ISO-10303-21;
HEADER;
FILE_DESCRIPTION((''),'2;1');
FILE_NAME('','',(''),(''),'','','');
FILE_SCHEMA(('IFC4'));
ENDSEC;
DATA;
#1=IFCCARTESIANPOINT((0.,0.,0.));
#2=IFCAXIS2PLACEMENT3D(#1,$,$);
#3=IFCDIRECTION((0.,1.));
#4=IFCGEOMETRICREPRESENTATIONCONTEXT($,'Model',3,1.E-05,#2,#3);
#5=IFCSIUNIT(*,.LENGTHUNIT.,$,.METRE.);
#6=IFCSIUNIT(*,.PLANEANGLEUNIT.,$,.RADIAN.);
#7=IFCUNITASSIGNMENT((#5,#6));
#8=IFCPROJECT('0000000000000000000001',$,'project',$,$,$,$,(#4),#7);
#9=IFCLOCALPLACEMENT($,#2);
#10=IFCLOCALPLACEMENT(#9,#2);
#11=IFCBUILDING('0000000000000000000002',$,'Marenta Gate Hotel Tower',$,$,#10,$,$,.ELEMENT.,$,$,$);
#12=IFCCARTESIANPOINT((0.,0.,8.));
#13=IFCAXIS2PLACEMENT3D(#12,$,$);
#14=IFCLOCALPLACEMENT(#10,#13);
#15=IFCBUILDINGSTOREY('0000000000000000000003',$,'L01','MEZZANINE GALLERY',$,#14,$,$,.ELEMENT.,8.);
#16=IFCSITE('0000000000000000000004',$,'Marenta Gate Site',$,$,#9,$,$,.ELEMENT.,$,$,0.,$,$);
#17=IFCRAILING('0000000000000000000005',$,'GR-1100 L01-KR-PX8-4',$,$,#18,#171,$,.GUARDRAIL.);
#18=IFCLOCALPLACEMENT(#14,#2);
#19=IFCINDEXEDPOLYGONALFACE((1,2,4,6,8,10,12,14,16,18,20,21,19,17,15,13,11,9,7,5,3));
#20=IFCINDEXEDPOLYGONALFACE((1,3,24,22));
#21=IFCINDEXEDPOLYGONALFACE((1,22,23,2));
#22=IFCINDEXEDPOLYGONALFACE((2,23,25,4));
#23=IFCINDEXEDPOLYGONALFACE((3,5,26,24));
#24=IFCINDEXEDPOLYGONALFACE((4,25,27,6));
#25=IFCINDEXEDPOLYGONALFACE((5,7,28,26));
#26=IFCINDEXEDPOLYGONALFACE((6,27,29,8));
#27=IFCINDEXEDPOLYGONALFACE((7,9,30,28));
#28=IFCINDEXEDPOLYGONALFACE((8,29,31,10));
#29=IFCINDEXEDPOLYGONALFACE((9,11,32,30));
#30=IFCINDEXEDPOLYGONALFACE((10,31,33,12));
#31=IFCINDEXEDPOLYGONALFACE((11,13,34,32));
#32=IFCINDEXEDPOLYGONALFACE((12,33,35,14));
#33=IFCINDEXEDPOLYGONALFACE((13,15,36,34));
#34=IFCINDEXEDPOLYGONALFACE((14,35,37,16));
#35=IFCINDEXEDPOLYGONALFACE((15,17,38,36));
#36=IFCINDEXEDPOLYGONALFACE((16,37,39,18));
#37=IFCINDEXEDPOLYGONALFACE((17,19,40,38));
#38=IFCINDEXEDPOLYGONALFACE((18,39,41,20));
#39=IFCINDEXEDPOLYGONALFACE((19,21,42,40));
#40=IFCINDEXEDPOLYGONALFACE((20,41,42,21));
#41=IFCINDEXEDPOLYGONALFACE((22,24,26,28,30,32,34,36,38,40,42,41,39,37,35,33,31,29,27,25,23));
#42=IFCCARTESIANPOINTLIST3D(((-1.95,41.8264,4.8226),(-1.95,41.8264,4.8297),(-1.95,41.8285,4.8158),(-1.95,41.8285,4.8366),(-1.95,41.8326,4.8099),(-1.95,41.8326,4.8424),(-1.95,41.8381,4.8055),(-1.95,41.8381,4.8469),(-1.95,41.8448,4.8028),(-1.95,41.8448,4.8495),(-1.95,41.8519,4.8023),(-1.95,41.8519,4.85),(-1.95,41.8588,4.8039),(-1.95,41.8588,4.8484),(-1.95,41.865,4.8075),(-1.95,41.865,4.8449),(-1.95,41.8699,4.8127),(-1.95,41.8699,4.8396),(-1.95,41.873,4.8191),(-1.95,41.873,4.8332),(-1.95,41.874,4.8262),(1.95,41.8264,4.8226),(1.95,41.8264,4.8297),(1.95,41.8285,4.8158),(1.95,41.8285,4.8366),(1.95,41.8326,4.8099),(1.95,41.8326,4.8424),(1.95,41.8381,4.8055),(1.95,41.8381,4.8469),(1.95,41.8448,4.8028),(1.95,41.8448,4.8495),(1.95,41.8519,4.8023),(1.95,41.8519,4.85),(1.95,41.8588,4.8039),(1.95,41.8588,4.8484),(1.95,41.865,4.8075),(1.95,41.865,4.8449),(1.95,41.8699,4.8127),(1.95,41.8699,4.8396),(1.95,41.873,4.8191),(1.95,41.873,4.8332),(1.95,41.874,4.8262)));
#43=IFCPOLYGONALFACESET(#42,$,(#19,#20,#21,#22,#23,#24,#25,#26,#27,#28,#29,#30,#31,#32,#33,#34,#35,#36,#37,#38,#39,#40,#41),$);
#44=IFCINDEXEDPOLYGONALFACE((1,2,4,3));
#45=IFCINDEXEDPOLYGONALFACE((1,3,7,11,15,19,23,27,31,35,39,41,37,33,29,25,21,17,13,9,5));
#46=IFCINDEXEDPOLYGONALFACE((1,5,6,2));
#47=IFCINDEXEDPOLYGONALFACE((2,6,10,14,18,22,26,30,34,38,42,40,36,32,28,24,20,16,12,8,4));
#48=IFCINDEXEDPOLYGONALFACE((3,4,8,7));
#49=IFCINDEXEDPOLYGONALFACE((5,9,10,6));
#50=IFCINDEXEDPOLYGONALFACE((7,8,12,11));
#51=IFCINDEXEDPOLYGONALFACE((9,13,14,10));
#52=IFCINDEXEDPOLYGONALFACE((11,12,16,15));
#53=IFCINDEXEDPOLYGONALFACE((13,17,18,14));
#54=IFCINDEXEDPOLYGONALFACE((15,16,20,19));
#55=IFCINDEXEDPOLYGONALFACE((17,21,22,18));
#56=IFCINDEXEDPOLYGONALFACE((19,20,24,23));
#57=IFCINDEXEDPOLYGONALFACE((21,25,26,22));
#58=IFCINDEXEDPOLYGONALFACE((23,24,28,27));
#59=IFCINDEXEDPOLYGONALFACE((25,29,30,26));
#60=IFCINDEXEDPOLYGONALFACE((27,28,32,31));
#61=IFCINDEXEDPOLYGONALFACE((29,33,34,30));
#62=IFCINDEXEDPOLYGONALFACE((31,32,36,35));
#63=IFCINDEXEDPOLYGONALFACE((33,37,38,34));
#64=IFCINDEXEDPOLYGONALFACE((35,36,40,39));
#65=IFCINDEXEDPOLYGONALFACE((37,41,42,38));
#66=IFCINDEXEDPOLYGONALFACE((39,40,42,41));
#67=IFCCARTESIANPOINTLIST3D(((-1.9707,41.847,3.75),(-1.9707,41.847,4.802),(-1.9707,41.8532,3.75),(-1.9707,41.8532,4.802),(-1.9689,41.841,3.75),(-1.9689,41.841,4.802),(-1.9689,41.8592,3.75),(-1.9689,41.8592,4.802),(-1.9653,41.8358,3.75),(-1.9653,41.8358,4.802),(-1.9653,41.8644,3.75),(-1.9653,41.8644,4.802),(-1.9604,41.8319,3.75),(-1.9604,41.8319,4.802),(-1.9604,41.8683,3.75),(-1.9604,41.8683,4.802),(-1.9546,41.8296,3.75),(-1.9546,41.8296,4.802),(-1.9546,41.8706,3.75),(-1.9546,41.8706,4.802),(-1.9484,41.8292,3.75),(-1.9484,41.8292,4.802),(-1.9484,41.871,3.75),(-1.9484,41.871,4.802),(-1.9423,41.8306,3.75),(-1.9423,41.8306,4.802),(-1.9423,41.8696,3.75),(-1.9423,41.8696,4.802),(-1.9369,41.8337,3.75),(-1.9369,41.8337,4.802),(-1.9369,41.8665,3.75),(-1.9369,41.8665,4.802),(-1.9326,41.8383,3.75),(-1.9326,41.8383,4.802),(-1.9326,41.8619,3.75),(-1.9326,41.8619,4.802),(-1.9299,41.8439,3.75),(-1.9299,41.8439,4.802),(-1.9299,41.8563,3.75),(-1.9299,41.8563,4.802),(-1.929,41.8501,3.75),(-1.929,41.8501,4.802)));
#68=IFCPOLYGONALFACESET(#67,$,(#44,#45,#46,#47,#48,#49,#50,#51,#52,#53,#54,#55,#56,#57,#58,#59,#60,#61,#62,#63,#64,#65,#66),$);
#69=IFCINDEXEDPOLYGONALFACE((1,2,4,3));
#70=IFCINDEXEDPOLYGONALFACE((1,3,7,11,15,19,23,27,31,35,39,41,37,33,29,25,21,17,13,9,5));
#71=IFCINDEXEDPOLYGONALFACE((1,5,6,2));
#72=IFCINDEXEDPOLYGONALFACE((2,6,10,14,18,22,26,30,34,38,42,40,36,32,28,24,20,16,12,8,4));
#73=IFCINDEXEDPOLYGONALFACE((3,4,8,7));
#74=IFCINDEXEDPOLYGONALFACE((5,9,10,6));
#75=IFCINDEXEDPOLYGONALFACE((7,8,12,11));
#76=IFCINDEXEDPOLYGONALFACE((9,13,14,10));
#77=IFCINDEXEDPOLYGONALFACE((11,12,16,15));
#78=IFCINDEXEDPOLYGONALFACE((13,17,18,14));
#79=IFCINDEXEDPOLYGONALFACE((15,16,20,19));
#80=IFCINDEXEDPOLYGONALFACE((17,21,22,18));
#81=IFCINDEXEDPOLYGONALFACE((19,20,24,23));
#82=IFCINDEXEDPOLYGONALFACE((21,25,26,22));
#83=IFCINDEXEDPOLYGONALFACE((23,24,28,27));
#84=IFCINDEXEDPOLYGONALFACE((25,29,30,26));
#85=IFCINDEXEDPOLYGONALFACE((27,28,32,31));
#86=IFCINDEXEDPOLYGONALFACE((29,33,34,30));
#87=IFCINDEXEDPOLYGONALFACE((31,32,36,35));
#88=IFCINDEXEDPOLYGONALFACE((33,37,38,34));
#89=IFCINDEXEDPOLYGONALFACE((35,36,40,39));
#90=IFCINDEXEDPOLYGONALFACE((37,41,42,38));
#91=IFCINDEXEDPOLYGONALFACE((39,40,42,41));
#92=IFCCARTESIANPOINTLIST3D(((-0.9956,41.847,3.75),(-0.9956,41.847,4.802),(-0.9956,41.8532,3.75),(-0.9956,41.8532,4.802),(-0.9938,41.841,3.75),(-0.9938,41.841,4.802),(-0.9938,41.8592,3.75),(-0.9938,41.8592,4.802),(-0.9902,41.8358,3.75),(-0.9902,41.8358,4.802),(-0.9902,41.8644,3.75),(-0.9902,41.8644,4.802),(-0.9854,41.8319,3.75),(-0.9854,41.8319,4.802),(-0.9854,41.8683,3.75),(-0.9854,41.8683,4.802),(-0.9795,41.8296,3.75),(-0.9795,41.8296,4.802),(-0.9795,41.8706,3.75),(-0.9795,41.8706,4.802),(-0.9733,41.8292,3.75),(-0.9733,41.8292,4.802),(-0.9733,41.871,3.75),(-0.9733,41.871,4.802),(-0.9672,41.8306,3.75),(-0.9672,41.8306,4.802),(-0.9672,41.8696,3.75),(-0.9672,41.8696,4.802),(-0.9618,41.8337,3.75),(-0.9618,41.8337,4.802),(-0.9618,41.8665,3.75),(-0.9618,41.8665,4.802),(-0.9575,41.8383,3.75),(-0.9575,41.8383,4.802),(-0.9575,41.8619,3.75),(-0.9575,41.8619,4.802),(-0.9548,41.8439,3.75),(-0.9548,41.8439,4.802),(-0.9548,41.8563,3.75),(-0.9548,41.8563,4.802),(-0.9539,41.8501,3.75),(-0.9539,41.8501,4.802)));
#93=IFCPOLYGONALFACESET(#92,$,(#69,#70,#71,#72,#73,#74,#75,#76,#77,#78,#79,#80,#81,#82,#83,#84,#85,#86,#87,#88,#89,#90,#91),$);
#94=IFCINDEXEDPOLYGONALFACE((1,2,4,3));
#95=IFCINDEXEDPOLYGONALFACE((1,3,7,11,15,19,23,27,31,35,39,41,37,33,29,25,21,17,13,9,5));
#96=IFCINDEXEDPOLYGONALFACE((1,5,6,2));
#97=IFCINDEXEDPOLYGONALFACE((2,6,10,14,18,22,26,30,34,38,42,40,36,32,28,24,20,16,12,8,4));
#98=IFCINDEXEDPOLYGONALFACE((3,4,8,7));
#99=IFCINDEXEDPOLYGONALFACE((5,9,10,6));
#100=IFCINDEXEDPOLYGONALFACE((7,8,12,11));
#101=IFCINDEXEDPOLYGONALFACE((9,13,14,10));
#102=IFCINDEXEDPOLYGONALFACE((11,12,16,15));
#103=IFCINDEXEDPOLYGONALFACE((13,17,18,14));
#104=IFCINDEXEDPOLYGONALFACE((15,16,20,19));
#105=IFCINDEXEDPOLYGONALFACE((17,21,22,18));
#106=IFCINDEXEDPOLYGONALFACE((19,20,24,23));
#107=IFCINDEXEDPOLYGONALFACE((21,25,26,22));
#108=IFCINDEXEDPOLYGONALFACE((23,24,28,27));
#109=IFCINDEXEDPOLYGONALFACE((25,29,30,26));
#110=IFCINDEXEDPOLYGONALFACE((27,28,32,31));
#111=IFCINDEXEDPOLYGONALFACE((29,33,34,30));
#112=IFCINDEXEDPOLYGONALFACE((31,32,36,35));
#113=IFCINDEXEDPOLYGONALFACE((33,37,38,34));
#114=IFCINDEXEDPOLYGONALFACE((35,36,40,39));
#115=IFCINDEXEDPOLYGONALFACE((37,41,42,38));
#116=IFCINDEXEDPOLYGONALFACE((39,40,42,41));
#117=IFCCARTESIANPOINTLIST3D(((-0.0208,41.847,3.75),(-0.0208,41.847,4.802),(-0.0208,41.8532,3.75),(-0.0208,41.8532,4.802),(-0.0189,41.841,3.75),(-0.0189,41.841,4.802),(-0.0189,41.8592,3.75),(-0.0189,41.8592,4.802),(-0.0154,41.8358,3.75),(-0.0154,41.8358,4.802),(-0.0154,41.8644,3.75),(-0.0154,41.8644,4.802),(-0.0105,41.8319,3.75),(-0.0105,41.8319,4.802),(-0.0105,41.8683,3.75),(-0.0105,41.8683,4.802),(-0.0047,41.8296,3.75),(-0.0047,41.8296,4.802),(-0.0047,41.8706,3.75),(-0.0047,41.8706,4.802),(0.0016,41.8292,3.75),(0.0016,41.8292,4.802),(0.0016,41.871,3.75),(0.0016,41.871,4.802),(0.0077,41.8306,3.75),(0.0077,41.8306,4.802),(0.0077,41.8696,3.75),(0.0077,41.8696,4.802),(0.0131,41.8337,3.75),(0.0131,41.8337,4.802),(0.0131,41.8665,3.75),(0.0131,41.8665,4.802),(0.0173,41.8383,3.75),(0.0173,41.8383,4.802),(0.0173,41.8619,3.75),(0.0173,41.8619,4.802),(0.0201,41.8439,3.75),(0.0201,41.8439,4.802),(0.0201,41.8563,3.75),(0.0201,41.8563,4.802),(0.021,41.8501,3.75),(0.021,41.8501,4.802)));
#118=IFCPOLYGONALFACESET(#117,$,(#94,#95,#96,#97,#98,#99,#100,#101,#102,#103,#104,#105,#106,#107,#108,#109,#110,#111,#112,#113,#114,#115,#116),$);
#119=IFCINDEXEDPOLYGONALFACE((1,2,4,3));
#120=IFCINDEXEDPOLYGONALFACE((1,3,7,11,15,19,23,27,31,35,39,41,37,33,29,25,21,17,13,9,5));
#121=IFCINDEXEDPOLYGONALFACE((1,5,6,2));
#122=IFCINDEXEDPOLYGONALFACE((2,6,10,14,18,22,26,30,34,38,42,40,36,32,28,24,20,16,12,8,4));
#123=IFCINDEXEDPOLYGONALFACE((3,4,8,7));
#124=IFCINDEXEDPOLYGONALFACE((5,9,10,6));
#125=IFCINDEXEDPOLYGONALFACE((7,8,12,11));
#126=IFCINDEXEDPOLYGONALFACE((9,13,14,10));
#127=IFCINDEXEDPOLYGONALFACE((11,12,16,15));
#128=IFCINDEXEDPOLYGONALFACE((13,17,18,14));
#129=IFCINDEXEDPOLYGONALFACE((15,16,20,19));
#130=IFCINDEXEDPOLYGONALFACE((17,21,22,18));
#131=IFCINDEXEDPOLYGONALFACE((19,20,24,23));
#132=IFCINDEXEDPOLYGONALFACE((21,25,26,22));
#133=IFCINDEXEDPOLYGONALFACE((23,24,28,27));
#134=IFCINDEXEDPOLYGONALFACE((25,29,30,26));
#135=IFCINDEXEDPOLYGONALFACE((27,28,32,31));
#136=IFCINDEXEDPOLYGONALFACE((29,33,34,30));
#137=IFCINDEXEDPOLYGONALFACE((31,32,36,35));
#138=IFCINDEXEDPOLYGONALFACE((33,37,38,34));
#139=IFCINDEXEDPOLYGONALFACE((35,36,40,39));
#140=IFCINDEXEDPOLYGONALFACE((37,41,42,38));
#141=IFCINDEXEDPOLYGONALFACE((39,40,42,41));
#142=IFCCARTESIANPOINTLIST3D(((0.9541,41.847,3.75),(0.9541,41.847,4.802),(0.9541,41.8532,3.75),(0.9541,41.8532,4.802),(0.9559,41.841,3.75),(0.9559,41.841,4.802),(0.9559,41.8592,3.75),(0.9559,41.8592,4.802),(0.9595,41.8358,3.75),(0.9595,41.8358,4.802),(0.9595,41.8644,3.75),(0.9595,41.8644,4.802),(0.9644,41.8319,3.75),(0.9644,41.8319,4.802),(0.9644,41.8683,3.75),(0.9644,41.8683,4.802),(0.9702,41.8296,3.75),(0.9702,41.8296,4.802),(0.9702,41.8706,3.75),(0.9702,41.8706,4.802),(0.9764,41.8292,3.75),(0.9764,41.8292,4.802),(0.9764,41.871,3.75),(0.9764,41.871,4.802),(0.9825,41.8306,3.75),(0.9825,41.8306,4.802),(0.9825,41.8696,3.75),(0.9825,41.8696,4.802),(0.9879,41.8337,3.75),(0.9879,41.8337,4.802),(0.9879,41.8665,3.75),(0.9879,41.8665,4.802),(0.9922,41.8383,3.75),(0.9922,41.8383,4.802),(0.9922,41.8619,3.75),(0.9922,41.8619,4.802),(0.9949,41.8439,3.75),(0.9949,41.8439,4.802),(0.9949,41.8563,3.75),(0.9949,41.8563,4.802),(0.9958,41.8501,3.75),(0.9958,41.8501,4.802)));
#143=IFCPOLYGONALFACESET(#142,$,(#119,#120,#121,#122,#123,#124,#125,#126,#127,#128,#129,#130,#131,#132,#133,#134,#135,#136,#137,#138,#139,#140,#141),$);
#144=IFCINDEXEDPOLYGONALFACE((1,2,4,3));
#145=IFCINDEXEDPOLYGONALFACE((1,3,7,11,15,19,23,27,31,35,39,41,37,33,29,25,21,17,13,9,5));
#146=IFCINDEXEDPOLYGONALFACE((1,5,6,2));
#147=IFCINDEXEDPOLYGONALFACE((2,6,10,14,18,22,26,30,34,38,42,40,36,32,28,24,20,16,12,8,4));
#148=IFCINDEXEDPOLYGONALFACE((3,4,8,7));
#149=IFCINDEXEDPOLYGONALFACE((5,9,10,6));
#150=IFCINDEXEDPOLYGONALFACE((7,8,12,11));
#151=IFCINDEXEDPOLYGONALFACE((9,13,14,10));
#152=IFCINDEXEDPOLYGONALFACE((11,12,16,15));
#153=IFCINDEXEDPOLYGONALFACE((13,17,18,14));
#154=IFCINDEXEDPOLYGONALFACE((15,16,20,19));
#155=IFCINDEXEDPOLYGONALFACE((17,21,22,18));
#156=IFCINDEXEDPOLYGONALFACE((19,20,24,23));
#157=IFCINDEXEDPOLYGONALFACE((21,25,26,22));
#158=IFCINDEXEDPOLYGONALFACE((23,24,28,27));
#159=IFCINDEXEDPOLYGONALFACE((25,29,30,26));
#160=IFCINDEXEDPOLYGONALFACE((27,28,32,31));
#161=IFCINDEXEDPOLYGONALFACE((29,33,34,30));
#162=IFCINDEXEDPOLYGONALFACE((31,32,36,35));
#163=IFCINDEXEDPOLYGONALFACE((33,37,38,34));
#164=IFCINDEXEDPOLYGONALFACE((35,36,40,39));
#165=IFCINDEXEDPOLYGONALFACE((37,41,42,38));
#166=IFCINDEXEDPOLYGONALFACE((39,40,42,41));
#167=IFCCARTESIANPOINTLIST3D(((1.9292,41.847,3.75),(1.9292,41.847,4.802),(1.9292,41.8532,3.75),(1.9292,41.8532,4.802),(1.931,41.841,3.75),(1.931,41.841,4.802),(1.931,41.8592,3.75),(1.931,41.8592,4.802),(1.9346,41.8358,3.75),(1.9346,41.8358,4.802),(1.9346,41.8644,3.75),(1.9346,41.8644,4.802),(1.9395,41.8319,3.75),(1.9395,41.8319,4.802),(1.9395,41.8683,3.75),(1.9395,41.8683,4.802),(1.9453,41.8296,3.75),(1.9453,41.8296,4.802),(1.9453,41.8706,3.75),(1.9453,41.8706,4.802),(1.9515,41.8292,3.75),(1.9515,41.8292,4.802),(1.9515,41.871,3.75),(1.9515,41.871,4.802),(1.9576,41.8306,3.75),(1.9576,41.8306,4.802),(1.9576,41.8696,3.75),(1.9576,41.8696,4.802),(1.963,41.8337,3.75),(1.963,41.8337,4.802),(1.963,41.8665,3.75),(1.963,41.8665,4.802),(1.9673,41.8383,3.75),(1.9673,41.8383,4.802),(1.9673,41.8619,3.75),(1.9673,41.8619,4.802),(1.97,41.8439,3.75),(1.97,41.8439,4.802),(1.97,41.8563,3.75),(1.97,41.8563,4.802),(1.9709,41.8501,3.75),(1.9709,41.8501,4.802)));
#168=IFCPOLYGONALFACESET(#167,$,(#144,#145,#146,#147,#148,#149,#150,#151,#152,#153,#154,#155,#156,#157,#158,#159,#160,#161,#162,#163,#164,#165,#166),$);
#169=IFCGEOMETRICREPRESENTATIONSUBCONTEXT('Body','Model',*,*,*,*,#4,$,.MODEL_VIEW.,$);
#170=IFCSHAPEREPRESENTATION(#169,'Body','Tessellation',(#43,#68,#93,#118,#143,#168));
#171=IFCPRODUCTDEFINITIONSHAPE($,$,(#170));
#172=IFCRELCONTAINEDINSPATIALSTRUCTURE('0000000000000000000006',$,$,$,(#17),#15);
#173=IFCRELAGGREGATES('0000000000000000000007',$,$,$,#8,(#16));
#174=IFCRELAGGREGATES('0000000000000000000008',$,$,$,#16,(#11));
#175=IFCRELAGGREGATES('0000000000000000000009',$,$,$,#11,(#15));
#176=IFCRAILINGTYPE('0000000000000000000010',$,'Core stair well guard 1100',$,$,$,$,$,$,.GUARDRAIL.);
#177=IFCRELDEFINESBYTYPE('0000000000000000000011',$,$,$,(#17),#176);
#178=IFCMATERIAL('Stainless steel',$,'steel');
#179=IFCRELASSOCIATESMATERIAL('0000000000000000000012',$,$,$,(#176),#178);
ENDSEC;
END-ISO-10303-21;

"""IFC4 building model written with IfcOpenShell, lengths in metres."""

from ifc_helpers import new_model, si_unit, direction, frame, origin, origin_2d, place, context, subcontext, project, spatial, circle, extrude, material, type_object, element, save


model = new_model("IFC4")

# Units and contexts
model_context = context("Model", 3, precision=1e-05, world=origin(), true_north=direction((0.0, 1.0)))
body_context = subcontext(model_context, "Body", "Model", "MODEL_VIEW")
ifc_project = project(units=[si_unit("LENGTHUNIT", "METRE"), si_unit("PLANEANGLEUNIT", "RADIAN")], contexts=[model_context])

# Site, building, storey
site_placement = place(None, origin())
site = spatial("IfcSite", under=ifc_project, at=site_placement, Name="Marenta Gate Site", CompositionType="ELEMENT", RefElevation=0.0)
building_placement = place(site_placement, origin())
building = spatial("IfcBuilding", under=site, at=building_placement, Name="Marenta Gate Hotel Tower", CompositionType="ELEMENT")
storey_placement = place(building_placement, frame((0.0, 0.0, 8.0)))
storey = spatial("IfcBuildingStorey", under=building, at=storey_placement, Name="L01", Description="MEZZANINE GALLERY", CompositionType="ELEMENT", Elevation=8.0)

# Railing
ifc_material_1 = material(Name="Stainless steel", Category="steel")
railing_type_1 = type_object("IfcRailingType", Name="Core stair well guard 1100", PredefinedType="GUARDRAIL", material=ifc_material_1)
for number, where, name in (
    (1, (-1.95, 41.8501, 3.75), "GR-1100 L01-KR-PX8-4"),
):
    element("IfcRailing", number, at=place(storey_placement, frame(where)), inside=storey, type_object=railing_type_1, Name=name, PredefinedType="GUARDRAIL", context=body_context, shape_type="SweptSolid", body=[
        extrude(circle(Radius=0.0239, at=origin_2d()), frame((0.0, 0.0, 1.0762), z_axis=(1.0, 0.0, 0.0), x_axis=(0.0, 1.0, 0.0)), (0.0, 0.0, 1.0), 3.8999),
        extrude(circle(Radius=0.021, at=origin_2d()), origin(), (0.0, 0.0, 1.0), 1.052),
        extrude(circle(Radius=0.021, at=origin_2d()), frame((0.9751, 0.0, 0.0)), (0.0, 0.0, 1.0), 1.052),
        extrude(circle(Radius=0.021, at=origin_2d()), frame((1.95, 0.0, 0.0)), (0.0, 0.0, 1.0), 1.052),
        extrude(circle(Radius=0.021, at=origin_2d()), frame((2.9248, 0.0, 0.0)), (0.0, 0.0, 1.0), 1.052),
        extrude(circle(Radius=0.021, at=origin_2d()), frame((3.8999, 0.0, 0.0)), (0.0, 0.0, 1.0), 1.052),
    ])

save(model, "model.ifc")
